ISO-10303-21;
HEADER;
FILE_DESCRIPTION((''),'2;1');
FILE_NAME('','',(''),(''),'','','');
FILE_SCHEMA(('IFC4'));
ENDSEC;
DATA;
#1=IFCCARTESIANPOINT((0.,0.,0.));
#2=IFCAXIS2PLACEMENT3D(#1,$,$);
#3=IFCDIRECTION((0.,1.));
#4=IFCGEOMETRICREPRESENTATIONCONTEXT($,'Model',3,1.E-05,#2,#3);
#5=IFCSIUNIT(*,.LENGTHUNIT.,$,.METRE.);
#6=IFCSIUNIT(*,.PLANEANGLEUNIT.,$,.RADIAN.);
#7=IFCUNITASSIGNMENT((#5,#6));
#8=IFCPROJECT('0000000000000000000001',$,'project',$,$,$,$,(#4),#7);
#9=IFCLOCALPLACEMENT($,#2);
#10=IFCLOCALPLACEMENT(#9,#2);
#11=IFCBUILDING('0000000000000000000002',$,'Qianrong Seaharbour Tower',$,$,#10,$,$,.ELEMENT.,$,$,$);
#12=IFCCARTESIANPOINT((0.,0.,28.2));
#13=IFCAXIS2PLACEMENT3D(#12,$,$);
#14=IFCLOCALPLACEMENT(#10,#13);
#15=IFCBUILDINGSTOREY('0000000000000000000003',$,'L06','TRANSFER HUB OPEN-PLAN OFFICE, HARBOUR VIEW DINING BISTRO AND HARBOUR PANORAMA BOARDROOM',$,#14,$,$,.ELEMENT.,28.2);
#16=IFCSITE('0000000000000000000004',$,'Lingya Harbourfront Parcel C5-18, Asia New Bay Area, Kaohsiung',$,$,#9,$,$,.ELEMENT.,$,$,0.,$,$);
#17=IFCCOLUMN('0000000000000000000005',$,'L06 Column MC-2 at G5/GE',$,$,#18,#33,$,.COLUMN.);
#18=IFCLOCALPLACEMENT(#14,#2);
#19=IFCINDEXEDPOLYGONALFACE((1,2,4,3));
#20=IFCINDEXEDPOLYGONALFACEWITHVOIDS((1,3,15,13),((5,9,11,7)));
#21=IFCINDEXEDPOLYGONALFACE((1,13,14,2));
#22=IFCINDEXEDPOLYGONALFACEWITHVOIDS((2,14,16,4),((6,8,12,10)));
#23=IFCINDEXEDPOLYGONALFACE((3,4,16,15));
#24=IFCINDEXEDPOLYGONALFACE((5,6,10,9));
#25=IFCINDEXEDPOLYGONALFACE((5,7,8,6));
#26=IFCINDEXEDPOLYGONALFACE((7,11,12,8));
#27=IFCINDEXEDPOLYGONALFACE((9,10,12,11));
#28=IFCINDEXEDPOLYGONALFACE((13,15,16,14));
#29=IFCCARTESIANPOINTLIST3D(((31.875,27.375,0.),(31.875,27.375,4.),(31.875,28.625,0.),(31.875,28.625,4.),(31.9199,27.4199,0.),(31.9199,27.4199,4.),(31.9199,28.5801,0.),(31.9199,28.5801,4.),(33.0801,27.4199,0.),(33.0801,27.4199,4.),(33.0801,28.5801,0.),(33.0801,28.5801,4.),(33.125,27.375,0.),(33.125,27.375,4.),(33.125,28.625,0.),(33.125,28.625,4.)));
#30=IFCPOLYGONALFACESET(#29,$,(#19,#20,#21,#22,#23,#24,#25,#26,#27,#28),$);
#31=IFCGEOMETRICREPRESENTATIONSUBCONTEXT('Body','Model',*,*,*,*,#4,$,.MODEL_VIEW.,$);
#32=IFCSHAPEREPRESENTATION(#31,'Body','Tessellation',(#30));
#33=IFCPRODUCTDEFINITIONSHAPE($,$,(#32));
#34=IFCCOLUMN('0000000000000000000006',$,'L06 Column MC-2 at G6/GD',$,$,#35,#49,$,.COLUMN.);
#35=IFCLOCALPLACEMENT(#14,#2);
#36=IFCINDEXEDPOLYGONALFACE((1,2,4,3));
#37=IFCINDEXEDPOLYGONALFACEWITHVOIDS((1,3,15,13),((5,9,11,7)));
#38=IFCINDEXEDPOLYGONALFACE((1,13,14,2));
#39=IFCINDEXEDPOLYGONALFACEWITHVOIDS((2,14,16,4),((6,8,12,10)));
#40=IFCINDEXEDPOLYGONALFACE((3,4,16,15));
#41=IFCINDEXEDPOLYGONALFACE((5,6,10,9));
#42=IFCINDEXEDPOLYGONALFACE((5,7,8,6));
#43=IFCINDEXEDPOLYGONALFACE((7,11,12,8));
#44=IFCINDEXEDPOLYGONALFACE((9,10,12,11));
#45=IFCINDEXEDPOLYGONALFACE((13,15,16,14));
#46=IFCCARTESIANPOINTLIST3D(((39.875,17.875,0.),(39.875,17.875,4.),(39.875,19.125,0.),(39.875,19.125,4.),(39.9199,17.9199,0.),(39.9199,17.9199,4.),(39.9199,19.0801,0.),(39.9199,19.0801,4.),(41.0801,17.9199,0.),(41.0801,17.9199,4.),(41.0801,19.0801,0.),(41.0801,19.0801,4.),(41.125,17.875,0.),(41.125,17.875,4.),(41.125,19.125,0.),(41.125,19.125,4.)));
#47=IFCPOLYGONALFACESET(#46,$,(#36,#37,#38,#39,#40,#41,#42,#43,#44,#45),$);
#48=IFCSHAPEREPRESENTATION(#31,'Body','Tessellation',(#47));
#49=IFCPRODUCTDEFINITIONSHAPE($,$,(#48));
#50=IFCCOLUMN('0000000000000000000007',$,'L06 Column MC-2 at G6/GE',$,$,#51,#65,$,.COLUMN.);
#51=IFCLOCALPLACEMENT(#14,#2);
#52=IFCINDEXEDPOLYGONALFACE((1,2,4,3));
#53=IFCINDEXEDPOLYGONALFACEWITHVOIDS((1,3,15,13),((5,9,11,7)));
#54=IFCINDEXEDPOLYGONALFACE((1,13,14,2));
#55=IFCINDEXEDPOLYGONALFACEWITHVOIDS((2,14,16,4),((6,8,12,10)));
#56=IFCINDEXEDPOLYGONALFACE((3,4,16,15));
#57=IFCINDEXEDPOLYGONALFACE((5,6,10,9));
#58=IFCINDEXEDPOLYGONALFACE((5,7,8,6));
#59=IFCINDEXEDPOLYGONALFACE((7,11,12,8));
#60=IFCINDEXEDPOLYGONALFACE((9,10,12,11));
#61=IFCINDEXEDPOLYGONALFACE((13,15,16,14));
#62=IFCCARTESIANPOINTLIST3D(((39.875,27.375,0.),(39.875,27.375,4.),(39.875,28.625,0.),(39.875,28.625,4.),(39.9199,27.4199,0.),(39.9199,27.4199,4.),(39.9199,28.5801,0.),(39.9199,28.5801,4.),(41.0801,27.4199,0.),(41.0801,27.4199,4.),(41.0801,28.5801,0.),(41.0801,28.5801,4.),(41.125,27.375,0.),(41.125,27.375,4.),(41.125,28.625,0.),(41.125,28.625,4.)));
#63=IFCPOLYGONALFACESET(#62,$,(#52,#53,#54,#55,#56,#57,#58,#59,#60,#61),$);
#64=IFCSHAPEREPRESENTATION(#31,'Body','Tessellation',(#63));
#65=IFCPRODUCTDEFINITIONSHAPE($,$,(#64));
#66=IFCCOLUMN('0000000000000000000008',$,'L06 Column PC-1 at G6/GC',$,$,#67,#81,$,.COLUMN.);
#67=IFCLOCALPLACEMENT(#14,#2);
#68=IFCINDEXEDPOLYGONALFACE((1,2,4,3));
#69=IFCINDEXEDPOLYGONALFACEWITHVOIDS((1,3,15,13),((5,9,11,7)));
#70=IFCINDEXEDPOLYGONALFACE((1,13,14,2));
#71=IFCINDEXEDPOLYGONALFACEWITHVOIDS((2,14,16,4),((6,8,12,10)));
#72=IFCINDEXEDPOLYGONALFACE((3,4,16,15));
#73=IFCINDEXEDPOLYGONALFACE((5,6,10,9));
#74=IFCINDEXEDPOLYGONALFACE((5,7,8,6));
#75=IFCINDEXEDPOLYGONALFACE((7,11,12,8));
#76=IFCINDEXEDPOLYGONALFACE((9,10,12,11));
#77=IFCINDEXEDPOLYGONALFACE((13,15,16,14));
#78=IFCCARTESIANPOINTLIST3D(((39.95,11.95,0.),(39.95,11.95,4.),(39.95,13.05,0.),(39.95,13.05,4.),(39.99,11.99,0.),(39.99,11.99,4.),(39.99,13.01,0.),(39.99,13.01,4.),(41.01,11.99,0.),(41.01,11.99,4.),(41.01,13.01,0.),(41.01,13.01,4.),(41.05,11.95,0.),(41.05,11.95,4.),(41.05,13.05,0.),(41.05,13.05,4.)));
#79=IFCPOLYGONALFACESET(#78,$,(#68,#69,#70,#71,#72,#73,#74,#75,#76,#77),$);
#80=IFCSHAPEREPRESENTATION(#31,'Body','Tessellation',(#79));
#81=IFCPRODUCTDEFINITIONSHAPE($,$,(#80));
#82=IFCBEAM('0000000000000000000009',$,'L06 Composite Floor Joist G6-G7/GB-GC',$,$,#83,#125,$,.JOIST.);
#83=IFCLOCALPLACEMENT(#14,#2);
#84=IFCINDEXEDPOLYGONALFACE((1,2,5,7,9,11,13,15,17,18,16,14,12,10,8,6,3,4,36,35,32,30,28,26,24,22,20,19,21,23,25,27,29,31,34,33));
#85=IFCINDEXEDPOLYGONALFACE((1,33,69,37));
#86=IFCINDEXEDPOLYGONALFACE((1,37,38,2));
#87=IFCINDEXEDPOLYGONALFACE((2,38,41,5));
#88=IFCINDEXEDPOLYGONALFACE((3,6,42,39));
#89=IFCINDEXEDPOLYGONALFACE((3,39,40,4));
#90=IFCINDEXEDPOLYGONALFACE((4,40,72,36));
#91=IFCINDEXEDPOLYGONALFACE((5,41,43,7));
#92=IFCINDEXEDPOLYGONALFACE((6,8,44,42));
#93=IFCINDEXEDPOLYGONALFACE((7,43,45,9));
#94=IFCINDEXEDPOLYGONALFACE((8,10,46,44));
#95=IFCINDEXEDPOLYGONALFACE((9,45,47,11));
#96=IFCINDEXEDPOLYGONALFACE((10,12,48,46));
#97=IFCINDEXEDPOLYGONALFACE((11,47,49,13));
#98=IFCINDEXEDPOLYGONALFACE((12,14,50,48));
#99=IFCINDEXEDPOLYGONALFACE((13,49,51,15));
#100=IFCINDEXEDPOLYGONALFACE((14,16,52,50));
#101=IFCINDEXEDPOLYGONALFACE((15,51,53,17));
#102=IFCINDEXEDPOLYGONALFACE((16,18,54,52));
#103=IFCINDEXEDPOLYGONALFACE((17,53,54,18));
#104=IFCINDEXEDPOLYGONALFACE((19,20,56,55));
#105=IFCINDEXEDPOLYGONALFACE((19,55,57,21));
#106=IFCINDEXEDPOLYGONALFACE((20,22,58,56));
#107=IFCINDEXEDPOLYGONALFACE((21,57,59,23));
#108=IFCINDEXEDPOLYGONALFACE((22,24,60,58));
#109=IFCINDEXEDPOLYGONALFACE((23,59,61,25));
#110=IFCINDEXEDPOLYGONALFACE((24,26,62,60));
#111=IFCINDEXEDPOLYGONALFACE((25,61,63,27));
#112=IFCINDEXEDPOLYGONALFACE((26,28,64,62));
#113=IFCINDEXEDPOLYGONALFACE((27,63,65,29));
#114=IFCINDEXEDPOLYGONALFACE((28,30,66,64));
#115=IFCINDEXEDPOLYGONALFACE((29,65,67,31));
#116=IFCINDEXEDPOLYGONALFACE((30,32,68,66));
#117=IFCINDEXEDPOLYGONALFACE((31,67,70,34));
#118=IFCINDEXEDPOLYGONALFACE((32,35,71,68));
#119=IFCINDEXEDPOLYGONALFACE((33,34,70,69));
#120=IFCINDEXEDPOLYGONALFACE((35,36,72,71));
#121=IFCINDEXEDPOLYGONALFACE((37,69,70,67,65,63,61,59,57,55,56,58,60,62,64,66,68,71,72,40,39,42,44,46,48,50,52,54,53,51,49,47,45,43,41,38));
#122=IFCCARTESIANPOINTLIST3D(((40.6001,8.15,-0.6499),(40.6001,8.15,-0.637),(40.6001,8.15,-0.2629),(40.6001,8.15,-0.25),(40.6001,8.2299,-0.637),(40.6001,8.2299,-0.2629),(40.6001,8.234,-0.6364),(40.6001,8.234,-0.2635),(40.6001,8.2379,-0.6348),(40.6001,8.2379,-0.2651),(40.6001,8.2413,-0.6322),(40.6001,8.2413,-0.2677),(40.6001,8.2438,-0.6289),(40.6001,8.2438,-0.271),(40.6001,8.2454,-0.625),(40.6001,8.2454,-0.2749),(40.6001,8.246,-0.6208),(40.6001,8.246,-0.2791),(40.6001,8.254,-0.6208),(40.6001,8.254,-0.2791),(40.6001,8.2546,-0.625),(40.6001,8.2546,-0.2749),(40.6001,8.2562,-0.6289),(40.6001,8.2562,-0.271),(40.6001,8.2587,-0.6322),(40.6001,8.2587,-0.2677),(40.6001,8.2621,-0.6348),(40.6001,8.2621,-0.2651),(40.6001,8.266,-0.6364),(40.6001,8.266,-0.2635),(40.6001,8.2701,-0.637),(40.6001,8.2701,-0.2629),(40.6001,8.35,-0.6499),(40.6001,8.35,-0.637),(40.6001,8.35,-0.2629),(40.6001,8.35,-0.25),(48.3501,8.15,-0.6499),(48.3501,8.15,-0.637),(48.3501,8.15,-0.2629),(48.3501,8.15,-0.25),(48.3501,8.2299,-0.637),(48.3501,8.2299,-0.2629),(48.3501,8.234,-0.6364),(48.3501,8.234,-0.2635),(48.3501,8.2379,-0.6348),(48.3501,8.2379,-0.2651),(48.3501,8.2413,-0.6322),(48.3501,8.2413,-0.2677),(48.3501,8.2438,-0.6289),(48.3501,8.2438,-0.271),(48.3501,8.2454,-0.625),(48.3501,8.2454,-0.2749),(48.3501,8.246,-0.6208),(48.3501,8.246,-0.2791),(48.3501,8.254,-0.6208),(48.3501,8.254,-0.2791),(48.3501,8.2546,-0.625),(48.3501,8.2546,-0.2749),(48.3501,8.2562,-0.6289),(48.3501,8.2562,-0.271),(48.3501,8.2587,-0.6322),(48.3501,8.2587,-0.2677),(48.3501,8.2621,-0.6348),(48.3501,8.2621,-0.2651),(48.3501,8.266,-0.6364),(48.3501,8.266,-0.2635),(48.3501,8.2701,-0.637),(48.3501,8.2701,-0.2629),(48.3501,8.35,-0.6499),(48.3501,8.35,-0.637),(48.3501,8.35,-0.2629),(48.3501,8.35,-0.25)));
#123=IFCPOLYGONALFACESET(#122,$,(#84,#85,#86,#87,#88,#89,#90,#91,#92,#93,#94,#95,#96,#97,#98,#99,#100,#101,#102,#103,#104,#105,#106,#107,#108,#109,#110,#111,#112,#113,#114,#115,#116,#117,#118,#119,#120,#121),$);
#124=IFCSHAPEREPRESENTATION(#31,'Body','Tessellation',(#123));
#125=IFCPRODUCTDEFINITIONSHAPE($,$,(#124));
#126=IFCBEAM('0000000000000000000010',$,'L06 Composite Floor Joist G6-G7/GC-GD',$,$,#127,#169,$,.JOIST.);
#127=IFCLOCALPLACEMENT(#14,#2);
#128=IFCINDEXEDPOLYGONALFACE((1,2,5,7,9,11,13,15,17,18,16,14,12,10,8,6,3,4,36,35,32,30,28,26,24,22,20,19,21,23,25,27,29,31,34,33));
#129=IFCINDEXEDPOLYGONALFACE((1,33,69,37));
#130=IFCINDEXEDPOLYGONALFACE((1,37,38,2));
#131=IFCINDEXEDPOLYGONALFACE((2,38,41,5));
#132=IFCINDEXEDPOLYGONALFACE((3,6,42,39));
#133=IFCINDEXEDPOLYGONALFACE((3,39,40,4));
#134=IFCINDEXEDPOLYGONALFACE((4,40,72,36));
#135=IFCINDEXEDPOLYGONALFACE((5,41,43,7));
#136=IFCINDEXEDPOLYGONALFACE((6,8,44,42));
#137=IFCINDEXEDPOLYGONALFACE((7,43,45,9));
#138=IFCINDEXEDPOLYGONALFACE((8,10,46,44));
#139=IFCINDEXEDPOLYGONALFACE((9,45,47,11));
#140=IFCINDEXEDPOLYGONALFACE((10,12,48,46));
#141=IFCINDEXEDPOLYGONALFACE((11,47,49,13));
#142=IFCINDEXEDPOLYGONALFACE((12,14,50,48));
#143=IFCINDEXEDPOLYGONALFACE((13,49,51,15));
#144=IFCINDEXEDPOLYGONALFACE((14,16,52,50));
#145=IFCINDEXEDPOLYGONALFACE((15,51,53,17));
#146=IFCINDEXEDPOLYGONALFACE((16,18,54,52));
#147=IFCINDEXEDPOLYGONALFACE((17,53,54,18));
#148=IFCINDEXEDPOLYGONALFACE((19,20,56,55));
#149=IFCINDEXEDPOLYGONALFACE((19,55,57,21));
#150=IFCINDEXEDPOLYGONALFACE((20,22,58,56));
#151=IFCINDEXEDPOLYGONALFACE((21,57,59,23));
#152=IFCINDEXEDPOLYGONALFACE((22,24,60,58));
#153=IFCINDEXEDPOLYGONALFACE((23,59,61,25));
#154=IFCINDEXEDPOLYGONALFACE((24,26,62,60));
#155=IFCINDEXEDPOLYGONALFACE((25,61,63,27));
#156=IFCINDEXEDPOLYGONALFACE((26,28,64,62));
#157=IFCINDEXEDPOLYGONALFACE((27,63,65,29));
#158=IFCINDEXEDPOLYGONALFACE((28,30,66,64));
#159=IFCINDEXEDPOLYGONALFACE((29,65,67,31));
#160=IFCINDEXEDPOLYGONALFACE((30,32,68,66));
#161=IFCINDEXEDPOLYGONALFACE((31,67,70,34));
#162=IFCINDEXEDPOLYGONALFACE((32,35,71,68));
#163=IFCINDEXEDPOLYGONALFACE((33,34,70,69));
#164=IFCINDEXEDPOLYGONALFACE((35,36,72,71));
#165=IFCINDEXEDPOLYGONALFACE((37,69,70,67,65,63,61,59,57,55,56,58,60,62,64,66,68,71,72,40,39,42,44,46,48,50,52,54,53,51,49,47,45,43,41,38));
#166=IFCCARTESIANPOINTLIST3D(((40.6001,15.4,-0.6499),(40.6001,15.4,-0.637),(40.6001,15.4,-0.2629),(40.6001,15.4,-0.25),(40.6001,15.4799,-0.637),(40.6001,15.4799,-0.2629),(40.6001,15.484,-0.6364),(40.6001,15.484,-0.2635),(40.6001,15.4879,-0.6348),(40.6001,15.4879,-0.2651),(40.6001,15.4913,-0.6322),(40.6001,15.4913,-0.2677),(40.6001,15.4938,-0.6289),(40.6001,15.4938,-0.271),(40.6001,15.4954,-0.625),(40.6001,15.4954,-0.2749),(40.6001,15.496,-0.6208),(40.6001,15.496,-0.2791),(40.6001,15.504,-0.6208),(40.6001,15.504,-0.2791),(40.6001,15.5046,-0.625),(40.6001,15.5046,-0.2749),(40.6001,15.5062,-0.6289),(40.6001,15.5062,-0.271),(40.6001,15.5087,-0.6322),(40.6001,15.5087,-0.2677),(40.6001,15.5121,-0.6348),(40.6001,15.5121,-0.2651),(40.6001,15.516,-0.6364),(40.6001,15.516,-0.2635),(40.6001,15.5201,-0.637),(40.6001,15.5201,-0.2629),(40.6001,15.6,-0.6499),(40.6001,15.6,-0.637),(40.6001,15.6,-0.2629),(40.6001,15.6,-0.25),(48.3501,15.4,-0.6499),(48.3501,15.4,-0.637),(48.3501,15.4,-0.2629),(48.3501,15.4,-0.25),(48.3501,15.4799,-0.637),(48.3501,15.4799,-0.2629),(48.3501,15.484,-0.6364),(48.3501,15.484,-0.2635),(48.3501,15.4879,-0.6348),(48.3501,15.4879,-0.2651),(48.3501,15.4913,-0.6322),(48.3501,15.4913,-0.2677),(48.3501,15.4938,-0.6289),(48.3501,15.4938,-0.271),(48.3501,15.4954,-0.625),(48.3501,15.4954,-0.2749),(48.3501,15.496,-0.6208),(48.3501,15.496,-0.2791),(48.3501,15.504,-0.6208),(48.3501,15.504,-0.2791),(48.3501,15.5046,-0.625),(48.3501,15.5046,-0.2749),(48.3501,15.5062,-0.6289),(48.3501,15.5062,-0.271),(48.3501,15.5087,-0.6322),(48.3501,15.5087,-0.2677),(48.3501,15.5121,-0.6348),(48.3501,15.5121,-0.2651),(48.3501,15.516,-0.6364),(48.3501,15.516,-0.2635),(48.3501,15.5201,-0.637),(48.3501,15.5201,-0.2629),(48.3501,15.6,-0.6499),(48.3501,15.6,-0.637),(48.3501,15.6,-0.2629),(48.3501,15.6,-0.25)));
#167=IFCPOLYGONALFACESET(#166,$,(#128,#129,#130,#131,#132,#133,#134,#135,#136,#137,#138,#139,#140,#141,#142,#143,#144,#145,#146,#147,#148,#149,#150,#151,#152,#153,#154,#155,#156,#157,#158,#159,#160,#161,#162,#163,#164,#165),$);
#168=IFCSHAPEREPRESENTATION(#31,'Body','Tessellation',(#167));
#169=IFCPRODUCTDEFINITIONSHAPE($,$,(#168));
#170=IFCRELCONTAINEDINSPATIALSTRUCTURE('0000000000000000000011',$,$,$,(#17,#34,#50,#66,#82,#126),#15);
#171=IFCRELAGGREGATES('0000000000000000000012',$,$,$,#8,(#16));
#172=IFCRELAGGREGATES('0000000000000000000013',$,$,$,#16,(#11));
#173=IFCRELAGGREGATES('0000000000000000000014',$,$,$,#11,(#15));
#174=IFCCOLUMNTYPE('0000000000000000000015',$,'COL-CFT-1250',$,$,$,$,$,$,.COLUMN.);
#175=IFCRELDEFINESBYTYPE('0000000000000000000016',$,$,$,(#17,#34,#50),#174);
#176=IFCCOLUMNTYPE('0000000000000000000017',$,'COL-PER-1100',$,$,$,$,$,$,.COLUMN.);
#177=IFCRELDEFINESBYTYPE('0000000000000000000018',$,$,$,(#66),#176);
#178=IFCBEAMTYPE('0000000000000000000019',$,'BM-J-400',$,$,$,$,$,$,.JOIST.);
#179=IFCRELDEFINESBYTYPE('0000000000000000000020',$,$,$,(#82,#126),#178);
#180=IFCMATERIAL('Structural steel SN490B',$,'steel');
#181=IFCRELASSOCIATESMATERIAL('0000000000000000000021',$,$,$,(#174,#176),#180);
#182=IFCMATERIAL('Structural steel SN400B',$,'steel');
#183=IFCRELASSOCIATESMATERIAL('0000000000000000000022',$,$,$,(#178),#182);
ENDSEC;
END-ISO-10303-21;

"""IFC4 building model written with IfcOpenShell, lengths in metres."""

from ifc_helpers import new_model, si_unit, direction, frame, origin, origin_2d, place, context, subcontext, project, spatial, hollow_rectangle, i_section, extrude, material, material_profile, profile_set, type_object, element, save


model = new_model("IFC4")

# Units and contexts
model_context = context("Model", 3, precision=1e-05, world=origin(), true_north=direction((0.0, 1.0)))
body_context = subcontext(model_context, "Body", "Model", "MODEL_VIEW")
ifc_project = project(units=[si_unit("LENGTHUNIT", "METRE"), si_unit("PLANEANGLEUNIT", "RADIAN")], contexts=[model_context])

# Site, building, storey
site_placement = place(None, origin())
site = spatial("IfcSite", under=ifc_project, at=site_placement, Name="Lingya Harbourfront Parcel C5-18, Asia New Bay Area, Kaohsiung", CompositionType="ELEMENT", RefElevation=0.0)
building_placement = place(site_placement, origin())
building = spatial("IfcBuilding", under=site, at=building_placement, Name="Qianrong Seaharbour Tower", CompositionType="ELEMENT")
storey_placement = place(building_placement, frame((0.0, 0.0, 28.2)))
storey = spatial("IfcBuildingStorey", under=building, at=storey_placement, Name="L06", Description="TRANSFER HUB OPEN-PLAN OFFICE, HARBOUR VIEW DINING BISTRO AND HARBOUR PANORAMA BOARDROOM", CompositionType="ELEMENT", Elevation=28.2)

# Columns
ifc_material_1 = material(Name="Structural steel SN490B", Category="steel")
ifc_material_profile_1 = material_profile(ifc_material_1, hollow_rectangle(XDim=1.25, YDim=1.25, WallThickness=0.0449, at=origin_2d()), Name="BOX1250x1250x45")
ifc_profile_set_1 = profile_set([ifc_material_profile_1], Name="Structural steel SN490B")
column_type_1 = type_object("IfcColumnType", Name="COL-CFT-1250", PredefinedType="COLUMN", material=ifc_profile_set_1)
for number, where, z_axis, x_axis, name in (
    (1, (32.5, 28.0, 0.0), (0.0, 0.0, 1.0), (1.0, 0.0, 0.0), "L06 Column MC-2 at G5/GE"),
    (2, (40.5, 18.5, 0.0), (0.0, 0.0, 1.0), (1.0, 0.0, 0.0), "L06 Column MC-2 at G6/GD"),
    (3, (40.5, 28.0, 0.0), (0.0, 0.0, 1.0), (1.0, 0.0, 0.0), "L06 Column MC-2 at G6/GE"),
):
    element("IfcColumn", number, at=place(storey_placement, frame(where, z_axis=z_axis, x_axis=x_axis)), inside=storey, type_object=column_type_1, Name=name, PredefinedType="COLUMN", context=body_context, shape_type="SweptSolid", body=[
        extrude(hollow_rectangle(XDim=1.25, YDim=1.25, WallThickness=0.0449, at=origin_2d()), origin(), (0.0, 0.0, 1.0), 4.0),
    ])
ifc_material_profile_2 = material_profile(ifc_material_1, hollow_rectangle(XDim=1.1001, YDim=1.1001, WallThickness=0.04, at=origin_2d()), Name="BOX1100x1100x40")
ifc_profile_set_2 = profile_set([ifc_material_profile_2], Name="Structural steel SN490B")
column_type_2 = type_object("IfcColumnType", Name="COL-PER-1100", PredefinedType="COLUMN", material=ifc_profile_set_2)
column_placement = place(storey_placement, frame((40.5, 12.5, 0.0), z_axis=(0.0, 0.0, 1.0), x_axis=(1.0, 0.0, 0.0)))
element("IfcColumn", 4, at=column_placement, inside=storey, type_object=column_type_2, Name="L06 Column PC-1 at G6/GC", PredefinedType="COLUMN", context=body_context, shape_type="SweptSolid", body=[
    extrude(hollow_rectangle(XDim=1.1001, YDim=1.1001, WallThickness=0.04, at=origin_2d()), origin(), (0.0, 0.0, 1.0), 4.0),
])

# Beams
ifc_material_2 = material(Name="Structural steel SN400B", Category="steel")
ifc_material_profile_3 = material_profile(ifc_material_2, i_section(OverallWidth=0.2, OverallDepth=0.3999, WebThickness=0.0081, FlangeThickness=0.0129, FilletRadius=0.0161, at=origin_2d()), Name="H400x200x8x13")
ifc_profile_set_3 = profile_set([ifc_material_profile_3], Name="Structural steel SN400B")
beam_type_1 = type_object("IfcBeamType", Name="BM-J-400", PredefinedType="JOIST", material=ifc_profile_set_3)
for number, where, z_axis, x_axis, name in (
    (5, (40.6001, 8.25, -0.45), (1.0, 0.0, 0.0), (0.0, 1.0, 0.0), "L06 Composite Floor Joist G6-G7/GB-GC"),
    (6, (40.6001, 15.5, -0.45), (1.0, 0.0, 0.0), (0.0, 1.0, 0.0), "L06 Composite Floor Joist G6-G7/GC-GD"),
):
    element("IfcBeam", number, at=place(storey_placement, frame(where, z_axis=z_axis, x_axis=x_axis)), inside=storey, type_object=beam_type_1, Name=name, PredefinedType="JOIST", context=body_context, shape_type="SweptSolid", body=[
        extrude(i_section(OverallWidth=0.2, OverallDepth=0.3999, WebThickness=0.0081, FlangeThickness=0.0129, FilletRadius=0.0161, at=origin_2d()), origin(), (0.0, 0.0, 1.0), 7.75),
    ])

save(model, "model.ifc")
